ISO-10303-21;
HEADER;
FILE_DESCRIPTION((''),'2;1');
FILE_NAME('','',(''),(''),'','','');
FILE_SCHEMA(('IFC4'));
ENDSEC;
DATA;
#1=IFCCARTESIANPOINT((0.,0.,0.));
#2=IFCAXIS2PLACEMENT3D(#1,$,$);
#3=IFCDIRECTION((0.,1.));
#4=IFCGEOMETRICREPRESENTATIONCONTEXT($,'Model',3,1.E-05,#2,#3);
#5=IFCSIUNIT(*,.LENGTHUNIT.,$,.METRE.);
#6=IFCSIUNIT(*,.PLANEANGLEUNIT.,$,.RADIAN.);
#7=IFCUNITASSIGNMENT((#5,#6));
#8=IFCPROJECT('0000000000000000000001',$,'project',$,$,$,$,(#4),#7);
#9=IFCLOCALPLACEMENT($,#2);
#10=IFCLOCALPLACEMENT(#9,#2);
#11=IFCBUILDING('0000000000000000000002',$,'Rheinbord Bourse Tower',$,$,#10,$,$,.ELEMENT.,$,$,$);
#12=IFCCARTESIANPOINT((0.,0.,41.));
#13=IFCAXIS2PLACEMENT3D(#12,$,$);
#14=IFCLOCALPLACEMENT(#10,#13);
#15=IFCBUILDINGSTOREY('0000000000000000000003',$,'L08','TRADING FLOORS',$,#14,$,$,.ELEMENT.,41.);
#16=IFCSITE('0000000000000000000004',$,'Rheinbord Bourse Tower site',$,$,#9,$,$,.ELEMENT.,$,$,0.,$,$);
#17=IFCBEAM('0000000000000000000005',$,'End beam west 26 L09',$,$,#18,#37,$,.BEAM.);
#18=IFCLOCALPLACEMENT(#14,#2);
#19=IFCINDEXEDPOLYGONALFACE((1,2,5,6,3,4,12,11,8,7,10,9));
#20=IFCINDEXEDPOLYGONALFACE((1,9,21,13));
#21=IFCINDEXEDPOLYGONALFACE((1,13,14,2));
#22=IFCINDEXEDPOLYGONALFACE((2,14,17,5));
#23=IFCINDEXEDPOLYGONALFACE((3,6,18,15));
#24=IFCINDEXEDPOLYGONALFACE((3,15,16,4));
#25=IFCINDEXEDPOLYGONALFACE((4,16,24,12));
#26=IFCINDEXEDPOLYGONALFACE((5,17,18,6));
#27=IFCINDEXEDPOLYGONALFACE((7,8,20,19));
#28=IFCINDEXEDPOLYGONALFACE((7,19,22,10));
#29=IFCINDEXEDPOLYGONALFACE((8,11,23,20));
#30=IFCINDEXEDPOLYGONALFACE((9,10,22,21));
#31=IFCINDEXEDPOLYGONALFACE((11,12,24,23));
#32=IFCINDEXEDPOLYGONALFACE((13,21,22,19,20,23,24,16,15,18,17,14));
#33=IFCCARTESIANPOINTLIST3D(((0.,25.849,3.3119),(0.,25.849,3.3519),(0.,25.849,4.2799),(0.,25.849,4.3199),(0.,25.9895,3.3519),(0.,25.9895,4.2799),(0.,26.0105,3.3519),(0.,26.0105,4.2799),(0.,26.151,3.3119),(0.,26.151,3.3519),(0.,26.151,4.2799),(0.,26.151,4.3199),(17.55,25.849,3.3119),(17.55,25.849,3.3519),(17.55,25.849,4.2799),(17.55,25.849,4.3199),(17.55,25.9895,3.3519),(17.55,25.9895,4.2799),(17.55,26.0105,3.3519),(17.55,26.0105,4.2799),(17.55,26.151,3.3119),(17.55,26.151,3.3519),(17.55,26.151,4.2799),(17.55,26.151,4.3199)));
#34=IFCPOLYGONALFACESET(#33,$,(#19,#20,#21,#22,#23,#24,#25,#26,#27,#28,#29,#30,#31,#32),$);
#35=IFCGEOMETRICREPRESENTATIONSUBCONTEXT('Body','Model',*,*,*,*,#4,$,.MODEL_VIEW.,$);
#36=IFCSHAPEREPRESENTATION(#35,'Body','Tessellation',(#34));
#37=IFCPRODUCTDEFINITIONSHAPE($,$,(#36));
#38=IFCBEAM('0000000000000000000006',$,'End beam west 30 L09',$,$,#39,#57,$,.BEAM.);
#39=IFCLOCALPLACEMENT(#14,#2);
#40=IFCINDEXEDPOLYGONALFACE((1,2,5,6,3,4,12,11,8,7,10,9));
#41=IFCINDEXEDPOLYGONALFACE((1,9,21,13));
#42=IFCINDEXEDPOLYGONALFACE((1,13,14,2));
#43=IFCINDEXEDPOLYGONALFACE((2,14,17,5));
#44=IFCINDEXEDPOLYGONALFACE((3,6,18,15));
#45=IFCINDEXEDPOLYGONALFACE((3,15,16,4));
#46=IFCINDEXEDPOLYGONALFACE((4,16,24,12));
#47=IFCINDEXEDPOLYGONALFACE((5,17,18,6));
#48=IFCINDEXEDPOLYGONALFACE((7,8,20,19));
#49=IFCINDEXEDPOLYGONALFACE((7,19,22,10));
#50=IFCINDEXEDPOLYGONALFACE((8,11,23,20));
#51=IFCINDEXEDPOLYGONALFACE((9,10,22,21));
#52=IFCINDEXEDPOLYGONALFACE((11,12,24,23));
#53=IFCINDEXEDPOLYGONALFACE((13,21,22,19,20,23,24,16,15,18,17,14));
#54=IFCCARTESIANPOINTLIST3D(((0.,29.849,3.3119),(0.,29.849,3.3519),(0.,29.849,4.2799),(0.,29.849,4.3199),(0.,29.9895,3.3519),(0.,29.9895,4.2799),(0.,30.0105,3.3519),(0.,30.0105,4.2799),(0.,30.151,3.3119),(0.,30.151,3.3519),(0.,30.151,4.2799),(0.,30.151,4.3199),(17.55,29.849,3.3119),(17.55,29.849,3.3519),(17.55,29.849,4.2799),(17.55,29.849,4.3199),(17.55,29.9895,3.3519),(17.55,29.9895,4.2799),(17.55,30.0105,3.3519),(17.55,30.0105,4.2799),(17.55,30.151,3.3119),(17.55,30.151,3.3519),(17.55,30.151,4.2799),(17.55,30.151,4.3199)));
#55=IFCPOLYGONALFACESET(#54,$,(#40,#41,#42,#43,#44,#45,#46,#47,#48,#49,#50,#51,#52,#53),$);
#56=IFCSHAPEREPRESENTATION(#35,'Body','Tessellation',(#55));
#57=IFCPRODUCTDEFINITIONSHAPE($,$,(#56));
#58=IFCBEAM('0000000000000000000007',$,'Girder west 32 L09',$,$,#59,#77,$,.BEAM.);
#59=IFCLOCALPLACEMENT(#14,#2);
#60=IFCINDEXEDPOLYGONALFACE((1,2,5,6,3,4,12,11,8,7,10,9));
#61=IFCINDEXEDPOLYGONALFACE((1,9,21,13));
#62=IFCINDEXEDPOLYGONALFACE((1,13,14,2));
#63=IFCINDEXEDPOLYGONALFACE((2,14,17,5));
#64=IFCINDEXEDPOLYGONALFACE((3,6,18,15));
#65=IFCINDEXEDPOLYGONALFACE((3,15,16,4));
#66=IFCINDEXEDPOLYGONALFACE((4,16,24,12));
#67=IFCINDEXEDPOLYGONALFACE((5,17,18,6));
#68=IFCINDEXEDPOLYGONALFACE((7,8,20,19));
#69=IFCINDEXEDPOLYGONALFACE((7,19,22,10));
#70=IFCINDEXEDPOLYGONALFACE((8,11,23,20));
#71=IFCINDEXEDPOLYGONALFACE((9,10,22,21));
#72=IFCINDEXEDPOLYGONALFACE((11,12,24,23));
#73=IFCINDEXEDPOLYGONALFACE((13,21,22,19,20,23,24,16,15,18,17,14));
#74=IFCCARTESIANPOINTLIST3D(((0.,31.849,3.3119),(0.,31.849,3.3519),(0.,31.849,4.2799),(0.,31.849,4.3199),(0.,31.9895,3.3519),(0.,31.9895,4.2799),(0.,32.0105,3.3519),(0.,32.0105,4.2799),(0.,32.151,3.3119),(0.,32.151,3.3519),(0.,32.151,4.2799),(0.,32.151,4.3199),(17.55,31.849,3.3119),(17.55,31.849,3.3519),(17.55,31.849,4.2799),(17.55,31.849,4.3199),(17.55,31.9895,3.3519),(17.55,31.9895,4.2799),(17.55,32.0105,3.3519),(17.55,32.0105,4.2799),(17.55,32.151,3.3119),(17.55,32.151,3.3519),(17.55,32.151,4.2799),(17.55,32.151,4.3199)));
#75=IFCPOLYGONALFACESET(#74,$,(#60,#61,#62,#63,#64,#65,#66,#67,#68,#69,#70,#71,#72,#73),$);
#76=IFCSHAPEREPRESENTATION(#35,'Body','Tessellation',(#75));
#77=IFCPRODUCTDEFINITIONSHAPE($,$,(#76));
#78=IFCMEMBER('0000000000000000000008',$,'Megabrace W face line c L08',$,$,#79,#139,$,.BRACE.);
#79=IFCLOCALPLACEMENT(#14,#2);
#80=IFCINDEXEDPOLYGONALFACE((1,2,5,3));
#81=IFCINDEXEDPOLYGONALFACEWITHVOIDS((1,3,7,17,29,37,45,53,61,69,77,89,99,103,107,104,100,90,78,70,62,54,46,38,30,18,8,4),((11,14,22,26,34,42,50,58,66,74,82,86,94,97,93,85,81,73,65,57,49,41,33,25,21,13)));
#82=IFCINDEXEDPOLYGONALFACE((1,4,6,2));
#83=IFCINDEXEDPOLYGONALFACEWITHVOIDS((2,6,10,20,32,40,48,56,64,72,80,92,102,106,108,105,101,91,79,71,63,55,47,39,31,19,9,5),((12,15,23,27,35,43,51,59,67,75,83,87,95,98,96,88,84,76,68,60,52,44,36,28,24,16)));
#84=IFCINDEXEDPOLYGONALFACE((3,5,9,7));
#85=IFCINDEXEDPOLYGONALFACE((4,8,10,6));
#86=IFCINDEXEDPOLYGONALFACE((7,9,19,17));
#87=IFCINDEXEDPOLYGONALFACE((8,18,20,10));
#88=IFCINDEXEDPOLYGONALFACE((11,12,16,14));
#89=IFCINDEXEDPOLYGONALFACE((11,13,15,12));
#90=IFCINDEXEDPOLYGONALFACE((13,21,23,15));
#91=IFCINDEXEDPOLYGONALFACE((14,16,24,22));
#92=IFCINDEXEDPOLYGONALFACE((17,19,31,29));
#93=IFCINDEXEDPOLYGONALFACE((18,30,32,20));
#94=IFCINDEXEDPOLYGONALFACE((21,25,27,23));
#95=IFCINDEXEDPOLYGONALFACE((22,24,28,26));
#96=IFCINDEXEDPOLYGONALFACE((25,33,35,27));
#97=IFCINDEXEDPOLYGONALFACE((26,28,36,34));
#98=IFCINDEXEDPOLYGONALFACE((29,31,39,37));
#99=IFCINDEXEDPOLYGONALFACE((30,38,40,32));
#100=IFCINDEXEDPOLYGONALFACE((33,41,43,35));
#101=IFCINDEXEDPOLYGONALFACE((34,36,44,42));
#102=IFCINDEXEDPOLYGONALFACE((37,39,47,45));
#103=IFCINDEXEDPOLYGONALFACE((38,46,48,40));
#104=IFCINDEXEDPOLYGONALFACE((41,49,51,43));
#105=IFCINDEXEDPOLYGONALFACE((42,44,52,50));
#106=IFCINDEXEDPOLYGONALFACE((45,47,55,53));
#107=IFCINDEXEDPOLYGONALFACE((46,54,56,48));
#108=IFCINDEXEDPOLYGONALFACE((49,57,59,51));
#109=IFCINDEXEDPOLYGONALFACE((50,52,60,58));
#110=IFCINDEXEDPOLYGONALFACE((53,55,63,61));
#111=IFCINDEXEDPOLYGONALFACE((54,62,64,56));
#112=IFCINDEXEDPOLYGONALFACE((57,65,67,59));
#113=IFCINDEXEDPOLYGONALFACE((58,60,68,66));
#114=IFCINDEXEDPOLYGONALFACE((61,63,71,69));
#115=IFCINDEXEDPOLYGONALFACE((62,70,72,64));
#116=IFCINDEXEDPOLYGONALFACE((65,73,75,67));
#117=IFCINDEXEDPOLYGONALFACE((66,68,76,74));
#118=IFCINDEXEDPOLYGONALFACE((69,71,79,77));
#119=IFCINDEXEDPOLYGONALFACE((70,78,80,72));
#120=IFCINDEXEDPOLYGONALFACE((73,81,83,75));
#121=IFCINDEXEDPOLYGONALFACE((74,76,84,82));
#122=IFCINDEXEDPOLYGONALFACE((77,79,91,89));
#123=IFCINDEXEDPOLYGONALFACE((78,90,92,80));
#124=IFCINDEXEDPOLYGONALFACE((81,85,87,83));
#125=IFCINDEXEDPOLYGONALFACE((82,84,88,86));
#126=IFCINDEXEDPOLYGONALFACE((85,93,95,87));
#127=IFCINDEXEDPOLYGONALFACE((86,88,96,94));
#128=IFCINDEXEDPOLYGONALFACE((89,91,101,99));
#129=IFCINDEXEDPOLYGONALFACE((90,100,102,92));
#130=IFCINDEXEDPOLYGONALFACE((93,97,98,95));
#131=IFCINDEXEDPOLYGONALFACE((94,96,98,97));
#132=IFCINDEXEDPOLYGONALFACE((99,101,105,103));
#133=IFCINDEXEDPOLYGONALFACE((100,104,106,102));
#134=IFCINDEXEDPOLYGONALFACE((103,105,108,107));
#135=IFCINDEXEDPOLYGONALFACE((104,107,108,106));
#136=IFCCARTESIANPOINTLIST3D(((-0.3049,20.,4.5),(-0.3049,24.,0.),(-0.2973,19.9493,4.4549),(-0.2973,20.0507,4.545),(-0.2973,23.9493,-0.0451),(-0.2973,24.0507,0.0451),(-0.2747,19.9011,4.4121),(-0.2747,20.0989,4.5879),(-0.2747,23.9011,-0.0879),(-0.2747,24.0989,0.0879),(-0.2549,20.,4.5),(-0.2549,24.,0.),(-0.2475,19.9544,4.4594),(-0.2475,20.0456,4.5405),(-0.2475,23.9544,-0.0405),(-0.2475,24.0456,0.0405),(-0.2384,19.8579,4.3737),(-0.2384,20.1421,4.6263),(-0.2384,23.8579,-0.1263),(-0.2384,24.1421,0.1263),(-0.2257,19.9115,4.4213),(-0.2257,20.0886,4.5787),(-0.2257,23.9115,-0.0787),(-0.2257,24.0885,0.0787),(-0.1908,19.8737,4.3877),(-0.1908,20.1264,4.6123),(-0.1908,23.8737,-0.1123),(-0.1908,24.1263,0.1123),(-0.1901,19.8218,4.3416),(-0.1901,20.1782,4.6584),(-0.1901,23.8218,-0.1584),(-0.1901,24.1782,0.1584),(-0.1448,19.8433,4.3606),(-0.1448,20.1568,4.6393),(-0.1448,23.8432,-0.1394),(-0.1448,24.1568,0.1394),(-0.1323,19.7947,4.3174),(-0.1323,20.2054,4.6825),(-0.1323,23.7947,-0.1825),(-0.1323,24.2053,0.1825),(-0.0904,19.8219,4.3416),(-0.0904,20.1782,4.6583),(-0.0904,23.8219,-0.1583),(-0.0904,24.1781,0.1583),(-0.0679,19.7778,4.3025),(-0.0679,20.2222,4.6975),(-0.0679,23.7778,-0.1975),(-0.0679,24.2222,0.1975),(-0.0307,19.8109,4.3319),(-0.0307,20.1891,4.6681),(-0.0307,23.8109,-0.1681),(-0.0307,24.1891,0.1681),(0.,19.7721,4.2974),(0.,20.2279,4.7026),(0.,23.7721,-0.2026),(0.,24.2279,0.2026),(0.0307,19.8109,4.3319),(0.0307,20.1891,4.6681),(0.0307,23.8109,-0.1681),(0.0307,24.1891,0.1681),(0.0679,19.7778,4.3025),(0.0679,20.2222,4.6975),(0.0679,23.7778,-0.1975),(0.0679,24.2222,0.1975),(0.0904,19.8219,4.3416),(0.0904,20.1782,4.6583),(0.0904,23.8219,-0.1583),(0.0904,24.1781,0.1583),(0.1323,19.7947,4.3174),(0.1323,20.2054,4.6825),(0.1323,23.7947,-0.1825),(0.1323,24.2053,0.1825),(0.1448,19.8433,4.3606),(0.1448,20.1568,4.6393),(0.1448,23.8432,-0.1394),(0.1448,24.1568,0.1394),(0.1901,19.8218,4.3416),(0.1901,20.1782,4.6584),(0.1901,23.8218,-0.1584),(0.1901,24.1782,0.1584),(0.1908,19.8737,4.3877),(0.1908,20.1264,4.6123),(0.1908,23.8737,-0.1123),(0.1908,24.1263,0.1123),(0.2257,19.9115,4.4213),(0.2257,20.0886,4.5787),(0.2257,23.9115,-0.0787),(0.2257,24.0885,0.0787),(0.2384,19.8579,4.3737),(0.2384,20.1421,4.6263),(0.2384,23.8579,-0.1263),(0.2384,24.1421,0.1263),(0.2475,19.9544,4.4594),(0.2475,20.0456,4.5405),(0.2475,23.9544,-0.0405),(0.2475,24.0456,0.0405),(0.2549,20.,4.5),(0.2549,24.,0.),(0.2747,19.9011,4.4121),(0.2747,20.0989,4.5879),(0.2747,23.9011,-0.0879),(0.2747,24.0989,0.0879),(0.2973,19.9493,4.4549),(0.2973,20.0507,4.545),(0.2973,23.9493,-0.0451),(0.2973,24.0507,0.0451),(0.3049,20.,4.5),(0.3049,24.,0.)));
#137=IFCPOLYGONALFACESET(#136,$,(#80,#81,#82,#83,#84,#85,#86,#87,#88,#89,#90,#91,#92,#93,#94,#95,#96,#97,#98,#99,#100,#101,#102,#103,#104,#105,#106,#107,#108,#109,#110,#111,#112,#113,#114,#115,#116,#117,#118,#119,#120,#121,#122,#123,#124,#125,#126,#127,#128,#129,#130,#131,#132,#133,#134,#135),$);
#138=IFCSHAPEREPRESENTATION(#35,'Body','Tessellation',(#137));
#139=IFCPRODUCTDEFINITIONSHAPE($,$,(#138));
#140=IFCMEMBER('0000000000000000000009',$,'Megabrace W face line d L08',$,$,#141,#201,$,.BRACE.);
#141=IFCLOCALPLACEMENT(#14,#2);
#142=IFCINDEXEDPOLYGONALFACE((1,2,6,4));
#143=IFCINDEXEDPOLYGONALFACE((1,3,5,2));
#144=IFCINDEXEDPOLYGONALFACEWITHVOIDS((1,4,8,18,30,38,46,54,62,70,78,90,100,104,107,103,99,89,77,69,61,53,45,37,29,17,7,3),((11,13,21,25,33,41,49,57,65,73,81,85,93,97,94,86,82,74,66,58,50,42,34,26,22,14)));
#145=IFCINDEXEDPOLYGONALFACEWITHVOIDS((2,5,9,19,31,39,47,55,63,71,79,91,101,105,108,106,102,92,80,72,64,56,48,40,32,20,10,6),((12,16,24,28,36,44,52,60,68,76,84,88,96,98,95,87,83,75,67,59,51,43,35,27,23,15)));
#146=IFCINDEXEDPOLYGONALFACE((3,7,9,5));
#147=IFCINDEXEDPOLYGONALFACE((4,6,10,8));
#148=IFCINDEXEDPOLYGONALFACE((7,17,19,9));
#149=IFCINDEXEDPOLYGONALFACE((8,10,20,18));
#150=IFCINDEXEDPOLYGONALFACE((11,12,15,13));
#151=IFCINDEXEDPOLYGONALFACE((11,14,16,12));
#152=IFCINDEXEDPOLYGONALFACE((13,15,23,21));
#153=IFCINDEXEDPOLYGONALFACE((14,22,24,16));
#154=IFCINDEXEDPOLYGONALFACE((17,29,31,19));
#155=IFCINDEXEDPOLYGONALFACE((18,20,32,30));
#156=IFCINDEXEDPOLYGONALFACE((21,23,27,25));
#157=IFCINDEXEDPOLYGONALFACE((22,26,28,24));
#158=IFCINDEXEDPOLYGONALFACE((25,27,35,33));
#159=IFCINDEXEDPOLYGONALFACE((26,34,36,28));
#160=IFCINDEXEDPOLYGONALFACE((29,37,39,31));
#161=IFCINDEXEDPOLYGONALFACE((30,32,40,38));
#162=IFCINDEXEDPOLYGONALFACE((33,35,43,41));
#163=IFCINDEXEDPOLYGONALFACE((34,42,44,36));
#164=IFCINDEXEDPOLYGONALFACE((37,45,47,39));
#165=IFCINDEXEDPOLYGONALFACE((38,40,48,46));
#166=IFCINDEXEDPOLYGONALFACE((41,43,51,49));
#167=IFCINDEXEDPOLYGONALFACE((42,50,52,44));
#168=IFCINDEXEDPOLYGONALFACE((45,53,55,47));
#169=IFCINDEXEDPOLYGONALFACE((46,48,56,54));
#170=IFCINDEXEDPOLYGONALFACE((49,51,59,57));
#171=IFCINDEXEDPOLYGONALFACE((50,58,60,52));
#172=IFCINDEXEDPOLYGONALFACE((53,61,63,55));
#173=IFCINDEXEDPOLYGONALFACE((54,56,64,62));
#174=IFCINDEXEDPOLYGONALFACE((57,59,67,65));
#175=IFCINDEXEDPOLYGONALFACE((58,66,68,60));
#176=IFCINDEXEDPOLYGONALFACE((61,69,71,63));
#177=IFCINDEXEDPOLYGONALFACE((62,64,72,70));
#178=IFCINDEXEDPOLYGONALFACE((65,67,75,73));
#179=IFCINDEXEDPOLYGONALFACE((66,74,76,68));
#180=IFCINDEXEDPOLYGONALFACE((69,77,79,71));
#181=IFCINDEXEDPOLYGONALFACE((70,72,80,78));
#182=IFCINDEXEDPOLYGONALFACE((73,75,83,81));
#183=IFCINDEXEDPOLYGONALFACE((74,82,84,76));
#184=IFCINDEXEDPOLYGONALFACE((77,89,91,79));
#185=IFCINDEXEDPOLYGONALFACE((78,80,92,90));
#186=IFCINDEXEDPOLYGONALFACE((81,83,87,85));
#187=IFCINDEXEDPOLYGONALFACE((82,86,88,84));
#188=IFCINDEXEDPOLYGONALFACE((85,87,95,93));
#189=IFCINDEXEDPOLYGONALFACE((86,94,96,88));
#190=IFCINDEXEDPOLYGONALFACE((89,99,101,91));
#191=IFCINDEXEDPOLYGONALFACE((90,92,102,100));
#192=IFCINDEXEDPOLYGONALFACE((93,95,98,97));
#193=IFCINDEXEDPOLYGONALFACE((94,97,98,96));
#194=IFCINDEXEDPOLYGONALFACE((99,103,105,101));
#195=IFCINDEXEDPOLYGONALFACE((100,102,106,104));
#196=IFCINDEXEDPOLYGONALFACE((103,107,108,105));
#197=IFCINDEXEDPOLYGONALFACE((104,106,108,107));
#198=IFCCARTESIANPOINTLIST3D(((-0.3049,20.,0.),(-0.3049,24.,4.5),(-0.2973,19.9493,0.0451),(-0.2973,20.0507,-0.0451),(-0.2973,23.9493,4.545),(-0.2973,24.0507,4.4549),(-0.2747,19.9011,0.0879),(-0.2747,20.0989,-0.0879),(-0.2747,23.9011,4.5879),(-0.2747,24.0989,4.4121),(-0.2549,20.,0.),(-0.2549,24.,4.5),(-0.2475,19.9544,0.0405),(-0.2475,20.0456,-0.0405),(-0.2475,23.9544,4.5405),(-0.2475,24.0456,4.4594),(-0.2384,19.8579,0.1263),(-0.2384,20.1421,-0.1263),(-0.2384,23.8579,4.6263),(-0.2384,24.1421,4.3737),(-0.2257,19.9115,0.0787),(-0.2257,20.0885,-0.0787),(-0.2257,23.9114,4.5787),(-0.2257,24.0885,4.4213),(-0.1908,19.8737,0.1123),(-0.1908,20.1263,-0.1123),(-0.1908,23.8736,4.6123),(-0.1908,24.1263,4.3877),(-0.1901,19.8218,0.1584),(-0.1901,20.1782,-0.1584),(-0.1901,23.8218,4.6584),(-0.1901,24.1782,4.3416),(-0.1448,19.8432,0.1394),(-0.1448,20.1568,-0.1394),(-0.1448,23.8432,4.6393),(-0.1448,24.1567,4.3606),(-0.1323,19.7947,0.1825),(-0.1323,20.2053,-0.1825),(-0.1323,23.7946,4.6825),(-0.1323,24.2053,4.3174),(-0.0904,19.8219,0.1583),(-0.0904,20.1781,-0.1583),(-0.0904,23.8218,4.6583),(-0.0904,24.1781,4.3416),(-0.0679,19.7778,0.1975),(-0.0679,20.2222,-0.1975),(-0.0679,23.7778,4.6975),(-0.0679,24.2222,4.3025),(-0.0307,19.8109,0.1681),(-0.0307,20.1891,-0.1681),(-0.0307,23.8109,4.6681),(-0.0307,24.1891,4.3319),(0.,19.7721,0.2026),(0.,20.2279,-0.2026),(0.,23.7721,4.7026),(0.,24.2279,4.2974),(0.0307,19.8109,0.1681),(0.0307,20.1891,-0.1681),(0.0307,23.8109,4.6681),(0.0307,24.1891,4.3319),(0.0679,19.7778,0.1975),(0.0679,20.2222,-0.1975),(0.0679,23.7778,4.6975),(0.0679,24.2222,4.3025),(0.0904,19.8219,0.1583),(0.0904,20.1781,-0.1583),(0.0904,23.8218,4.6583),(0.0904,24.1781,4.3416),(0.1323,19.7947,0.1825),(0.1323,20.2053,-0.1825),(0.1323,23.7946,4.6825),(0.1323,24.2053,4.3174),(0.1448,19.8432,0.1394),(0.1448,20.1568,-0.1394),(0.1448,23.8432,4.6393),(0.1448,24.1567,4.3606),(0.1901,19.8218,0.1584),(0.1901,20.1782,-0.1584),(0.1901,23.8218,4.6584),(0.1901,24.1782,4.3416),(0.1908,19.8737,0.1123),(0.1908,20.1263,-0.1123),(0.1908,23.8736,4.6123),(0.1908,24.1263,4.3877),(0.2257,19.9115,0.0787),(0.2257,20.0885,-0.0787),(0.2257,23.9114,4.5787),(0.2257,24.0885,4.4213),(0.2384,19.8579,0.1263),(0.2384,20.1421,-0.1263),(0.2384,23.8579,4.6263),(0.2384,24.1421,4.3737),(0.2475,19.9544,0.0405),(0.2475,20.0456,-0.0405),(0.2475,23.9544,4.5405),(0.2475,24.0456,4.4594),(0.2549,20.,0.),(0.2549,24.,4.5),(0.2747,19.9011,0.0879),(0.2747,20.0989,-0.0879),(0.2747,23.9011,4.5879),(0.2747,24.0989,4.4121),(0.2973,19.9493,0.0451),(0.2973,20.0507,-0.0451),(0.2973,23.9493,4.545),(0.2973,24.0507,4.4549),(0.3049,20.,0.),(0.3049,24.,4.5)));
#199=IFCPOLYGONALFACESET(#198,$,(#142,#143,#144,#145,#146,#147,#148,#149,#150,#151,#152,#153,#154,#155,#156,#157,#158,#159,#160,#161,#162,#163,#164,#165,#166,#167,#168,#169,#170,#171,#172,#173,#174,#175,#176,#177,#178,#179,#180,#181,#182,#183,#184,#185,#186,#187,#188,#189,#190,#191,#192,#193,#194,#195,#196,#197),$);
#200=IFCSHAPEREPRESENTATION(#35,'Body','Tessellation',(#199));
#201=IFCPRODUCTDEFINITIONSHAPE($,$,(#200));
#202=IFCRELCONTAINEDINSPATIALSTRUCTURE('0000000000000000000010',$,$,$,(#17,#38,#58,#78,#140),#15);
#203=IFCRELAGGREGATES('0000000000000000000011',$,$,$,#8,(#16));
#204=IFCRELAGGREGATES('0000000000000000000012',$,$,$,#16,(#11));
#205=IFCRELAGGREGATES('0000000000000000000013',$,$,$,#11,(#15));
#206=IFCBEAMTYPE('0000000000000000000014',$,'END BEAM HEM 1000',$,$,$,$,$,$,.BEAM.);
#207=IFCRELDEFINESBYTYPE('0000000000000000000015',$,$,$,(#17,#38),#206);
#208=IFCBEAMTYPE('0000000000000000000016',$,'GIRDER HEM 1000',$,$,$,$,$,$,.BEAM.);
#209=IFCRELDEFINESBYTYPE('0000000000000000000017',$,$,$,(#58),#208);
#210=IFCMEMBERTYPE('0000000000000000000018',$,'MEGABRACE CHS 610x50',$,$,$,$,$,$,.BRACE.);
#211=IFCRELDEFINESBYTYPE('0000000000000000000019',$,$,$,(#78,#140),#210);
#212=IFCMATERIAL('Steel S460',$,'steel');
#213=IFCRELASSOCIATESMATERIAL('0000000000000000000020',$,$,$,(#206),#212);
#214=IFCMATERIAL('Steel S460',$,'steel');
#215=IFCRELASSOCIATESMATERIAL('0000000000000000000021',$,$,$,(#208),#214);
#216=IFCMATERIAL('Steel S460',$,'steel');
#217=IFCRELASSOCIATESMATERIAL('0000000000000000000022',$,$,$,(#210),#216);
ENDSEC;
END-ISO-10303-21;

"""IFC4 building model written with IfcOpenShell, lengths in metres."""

from ifc_helpers import new_model, si_unit, direction, frame, origin, origin_2d, place, context, subcontext, project, spatial, hollow_circle, i_section, extrude, material, material_profile, profile_set, type_object, element, save


model = new_model("IFC4")

# Units and contexts
model_context = context("Model", 3, precision=1e-05, world=origin(), true_north=direction((0.0, 1.0)))
body_context = subcontext(model_context, "Body", "Model", "MODEL_VIEW")
ifc_project = project(units=[si_unit("LENGTHUNIT", "METRE"), si_unit("PLANEANGLEUNIT", "RADIAN")], contexts=[model_context])

# Site, building, storey
site_placement = place(None, origin())
site = spatial("IfcSite", under=ifc_project, at=site_placement, Name="Rheinbord Bourse Tower site", CompositionType="ELEMENT", RefElevation=0.0)
building_placement = place(site_placement, origin())
building = spatial("IfcBuilding", under=site, at=building_placement, Name="Rheinbord Bourse Tower", CompositionType="ELEMENT")
storey_placement = place(building_placement, frame((0.0, 0.0, 41.0)))
storey = spatial("IfcBuildingStorey", under=building, at=storey_placement, Name="L08", Description="TRADING FLOORS", CompositionType="ELEMENT", Elevation=41.0)

# Beams
ifc_material_1 = material(Name="Steel S460", Category="steel")
ifc_material_profile_1 = material_profile(ifc_material_1, i_section(OverallWidth=0.302, OverallDepth=1.0081, WebThickness=0.021, FlangeThickness=0.04, at=origin_2d()), Name="HEM 1000")
ifc_profile_set_1 = profile_set([ifc_material_profile_1], Name="Steel S460")
beam_type_1 = type_object("IfcBeamType", Name="END BEAM HEM 1000", PredefinedType="BEAM", material=ifc_profile_set_1)
for number, where, z_axis, x_axis, name in (
    (1, (0.0, 26.0, 3.8159), (1.0, 0.0, 0.0), (0.0, 1.0, 0.0), "End beam west 26 L09"),
    (2, (0.0, 30.0, 3.8159), (1.0, 0.0, 0.0), (0.0, 1.0, 0.0), "End beam west 30 L09"),
):
    element("IfcBeam", number, at=place(storey_placement, frame(where, z_axis=z_axis, x_axis=x_axis)), inside=storey, type_object=beam_type_1, Name=name, PredefinedType="BEAM", context=body_context, shape_type="SweptSolid", body=[
        extrude(i_section(OverallWidth=0.302, OverallDepth=1.0081, WebThickness=0.021, FlangeThickness=0.04, at=origin_2d()), origin(), (0.0, 0.0, 1.0), 17.55),
    ])
ifc_material_2 = material(Name="Steel S460", Category="steel")
ifc_material_profile_2 = material_profile(ifc_material_2, i_section(OverallWidth=0.302, OverallDepth=1.0081, WebThickness=0.021, FlangeThickness=0.04, at=origin_2d()), Name="HEM 1000")
ifc_profile_set_2 = profile_set([ifc_material_profile_2], Name="Steel S460")
beam_type_2 = type_object("IfcBeamType", Name="GIRDER HEM 1000", PredefinedType="BEAM", material=ifc_profile_set_2)
beam_1_placement = place(storey_placement, frame((0.0, 32.0, 3.8159), z_axis=(1.0, 0.0, 0.0), x_axis=(0.0, 1.0, 0.0)))
element("IfcBeam", 3, at=beam_1_placement, inside=storey, type_object=beam_type_2, Name="Girder west 32 L09", PredefinedType="BEAM", context=body_context, shape_type="SweptSolid", body=[
    extrude(i_section(OverallWidth=0.302, OverallDepth=1.0081, WebThickness=0.021, FlangeThickness=0.04, at=origin_2d()), origin(), (0.0, 0.0, 1.0), 17.55),
])

# Members
ifc_material_3 = material(Name="Steel S460", Category="steel")
ifc_material_profile_3 = material_profile(ifc_material_3, hollow_circle(Radius=0.3049, WallThickness=0.05, at=origin_2d()), Name="CHS 610x50")
ifc_profile_set_3 = profile_set([ifc_material_profile_3], Name="Steel S460")
member_type_1 = type_object("IfcMemberType", Name="MEGABRACE CHS 610x50", PredefinedType="BRACE", material=ifc_profile_set_3)
for number, where, z_axis, x_axis, name in (
    (4, (0.0, 24.0, 0.0), (0.0, -0.664364, 0.747409), (1.0, 0.0, 0.0), "Megabrace W face line c L08"),
    (5, (0.0, 20.0, 0.0), (0.0, 0.664364, 0.747409), (-1.0, 0.0, 0.0), "Megabrace W face line d L08"),
):
    element("IfcMember", number, at=place(storey_placement, frame(where, z_axis=z_axis, x_axis=x_axis)), inside=storey, type_object=member_type_1, Name=name, PredefinedType="BRACE", context=body_context, shape_type="SweptSolid", body=[
        extrude(hollow_circle(Radius=0.3049, WallThickness=0.05, at=origin_2d()), origin(), (0.0, 0.0, 1.0), 6.0208),
    ])

save(model, "model.ifc")
